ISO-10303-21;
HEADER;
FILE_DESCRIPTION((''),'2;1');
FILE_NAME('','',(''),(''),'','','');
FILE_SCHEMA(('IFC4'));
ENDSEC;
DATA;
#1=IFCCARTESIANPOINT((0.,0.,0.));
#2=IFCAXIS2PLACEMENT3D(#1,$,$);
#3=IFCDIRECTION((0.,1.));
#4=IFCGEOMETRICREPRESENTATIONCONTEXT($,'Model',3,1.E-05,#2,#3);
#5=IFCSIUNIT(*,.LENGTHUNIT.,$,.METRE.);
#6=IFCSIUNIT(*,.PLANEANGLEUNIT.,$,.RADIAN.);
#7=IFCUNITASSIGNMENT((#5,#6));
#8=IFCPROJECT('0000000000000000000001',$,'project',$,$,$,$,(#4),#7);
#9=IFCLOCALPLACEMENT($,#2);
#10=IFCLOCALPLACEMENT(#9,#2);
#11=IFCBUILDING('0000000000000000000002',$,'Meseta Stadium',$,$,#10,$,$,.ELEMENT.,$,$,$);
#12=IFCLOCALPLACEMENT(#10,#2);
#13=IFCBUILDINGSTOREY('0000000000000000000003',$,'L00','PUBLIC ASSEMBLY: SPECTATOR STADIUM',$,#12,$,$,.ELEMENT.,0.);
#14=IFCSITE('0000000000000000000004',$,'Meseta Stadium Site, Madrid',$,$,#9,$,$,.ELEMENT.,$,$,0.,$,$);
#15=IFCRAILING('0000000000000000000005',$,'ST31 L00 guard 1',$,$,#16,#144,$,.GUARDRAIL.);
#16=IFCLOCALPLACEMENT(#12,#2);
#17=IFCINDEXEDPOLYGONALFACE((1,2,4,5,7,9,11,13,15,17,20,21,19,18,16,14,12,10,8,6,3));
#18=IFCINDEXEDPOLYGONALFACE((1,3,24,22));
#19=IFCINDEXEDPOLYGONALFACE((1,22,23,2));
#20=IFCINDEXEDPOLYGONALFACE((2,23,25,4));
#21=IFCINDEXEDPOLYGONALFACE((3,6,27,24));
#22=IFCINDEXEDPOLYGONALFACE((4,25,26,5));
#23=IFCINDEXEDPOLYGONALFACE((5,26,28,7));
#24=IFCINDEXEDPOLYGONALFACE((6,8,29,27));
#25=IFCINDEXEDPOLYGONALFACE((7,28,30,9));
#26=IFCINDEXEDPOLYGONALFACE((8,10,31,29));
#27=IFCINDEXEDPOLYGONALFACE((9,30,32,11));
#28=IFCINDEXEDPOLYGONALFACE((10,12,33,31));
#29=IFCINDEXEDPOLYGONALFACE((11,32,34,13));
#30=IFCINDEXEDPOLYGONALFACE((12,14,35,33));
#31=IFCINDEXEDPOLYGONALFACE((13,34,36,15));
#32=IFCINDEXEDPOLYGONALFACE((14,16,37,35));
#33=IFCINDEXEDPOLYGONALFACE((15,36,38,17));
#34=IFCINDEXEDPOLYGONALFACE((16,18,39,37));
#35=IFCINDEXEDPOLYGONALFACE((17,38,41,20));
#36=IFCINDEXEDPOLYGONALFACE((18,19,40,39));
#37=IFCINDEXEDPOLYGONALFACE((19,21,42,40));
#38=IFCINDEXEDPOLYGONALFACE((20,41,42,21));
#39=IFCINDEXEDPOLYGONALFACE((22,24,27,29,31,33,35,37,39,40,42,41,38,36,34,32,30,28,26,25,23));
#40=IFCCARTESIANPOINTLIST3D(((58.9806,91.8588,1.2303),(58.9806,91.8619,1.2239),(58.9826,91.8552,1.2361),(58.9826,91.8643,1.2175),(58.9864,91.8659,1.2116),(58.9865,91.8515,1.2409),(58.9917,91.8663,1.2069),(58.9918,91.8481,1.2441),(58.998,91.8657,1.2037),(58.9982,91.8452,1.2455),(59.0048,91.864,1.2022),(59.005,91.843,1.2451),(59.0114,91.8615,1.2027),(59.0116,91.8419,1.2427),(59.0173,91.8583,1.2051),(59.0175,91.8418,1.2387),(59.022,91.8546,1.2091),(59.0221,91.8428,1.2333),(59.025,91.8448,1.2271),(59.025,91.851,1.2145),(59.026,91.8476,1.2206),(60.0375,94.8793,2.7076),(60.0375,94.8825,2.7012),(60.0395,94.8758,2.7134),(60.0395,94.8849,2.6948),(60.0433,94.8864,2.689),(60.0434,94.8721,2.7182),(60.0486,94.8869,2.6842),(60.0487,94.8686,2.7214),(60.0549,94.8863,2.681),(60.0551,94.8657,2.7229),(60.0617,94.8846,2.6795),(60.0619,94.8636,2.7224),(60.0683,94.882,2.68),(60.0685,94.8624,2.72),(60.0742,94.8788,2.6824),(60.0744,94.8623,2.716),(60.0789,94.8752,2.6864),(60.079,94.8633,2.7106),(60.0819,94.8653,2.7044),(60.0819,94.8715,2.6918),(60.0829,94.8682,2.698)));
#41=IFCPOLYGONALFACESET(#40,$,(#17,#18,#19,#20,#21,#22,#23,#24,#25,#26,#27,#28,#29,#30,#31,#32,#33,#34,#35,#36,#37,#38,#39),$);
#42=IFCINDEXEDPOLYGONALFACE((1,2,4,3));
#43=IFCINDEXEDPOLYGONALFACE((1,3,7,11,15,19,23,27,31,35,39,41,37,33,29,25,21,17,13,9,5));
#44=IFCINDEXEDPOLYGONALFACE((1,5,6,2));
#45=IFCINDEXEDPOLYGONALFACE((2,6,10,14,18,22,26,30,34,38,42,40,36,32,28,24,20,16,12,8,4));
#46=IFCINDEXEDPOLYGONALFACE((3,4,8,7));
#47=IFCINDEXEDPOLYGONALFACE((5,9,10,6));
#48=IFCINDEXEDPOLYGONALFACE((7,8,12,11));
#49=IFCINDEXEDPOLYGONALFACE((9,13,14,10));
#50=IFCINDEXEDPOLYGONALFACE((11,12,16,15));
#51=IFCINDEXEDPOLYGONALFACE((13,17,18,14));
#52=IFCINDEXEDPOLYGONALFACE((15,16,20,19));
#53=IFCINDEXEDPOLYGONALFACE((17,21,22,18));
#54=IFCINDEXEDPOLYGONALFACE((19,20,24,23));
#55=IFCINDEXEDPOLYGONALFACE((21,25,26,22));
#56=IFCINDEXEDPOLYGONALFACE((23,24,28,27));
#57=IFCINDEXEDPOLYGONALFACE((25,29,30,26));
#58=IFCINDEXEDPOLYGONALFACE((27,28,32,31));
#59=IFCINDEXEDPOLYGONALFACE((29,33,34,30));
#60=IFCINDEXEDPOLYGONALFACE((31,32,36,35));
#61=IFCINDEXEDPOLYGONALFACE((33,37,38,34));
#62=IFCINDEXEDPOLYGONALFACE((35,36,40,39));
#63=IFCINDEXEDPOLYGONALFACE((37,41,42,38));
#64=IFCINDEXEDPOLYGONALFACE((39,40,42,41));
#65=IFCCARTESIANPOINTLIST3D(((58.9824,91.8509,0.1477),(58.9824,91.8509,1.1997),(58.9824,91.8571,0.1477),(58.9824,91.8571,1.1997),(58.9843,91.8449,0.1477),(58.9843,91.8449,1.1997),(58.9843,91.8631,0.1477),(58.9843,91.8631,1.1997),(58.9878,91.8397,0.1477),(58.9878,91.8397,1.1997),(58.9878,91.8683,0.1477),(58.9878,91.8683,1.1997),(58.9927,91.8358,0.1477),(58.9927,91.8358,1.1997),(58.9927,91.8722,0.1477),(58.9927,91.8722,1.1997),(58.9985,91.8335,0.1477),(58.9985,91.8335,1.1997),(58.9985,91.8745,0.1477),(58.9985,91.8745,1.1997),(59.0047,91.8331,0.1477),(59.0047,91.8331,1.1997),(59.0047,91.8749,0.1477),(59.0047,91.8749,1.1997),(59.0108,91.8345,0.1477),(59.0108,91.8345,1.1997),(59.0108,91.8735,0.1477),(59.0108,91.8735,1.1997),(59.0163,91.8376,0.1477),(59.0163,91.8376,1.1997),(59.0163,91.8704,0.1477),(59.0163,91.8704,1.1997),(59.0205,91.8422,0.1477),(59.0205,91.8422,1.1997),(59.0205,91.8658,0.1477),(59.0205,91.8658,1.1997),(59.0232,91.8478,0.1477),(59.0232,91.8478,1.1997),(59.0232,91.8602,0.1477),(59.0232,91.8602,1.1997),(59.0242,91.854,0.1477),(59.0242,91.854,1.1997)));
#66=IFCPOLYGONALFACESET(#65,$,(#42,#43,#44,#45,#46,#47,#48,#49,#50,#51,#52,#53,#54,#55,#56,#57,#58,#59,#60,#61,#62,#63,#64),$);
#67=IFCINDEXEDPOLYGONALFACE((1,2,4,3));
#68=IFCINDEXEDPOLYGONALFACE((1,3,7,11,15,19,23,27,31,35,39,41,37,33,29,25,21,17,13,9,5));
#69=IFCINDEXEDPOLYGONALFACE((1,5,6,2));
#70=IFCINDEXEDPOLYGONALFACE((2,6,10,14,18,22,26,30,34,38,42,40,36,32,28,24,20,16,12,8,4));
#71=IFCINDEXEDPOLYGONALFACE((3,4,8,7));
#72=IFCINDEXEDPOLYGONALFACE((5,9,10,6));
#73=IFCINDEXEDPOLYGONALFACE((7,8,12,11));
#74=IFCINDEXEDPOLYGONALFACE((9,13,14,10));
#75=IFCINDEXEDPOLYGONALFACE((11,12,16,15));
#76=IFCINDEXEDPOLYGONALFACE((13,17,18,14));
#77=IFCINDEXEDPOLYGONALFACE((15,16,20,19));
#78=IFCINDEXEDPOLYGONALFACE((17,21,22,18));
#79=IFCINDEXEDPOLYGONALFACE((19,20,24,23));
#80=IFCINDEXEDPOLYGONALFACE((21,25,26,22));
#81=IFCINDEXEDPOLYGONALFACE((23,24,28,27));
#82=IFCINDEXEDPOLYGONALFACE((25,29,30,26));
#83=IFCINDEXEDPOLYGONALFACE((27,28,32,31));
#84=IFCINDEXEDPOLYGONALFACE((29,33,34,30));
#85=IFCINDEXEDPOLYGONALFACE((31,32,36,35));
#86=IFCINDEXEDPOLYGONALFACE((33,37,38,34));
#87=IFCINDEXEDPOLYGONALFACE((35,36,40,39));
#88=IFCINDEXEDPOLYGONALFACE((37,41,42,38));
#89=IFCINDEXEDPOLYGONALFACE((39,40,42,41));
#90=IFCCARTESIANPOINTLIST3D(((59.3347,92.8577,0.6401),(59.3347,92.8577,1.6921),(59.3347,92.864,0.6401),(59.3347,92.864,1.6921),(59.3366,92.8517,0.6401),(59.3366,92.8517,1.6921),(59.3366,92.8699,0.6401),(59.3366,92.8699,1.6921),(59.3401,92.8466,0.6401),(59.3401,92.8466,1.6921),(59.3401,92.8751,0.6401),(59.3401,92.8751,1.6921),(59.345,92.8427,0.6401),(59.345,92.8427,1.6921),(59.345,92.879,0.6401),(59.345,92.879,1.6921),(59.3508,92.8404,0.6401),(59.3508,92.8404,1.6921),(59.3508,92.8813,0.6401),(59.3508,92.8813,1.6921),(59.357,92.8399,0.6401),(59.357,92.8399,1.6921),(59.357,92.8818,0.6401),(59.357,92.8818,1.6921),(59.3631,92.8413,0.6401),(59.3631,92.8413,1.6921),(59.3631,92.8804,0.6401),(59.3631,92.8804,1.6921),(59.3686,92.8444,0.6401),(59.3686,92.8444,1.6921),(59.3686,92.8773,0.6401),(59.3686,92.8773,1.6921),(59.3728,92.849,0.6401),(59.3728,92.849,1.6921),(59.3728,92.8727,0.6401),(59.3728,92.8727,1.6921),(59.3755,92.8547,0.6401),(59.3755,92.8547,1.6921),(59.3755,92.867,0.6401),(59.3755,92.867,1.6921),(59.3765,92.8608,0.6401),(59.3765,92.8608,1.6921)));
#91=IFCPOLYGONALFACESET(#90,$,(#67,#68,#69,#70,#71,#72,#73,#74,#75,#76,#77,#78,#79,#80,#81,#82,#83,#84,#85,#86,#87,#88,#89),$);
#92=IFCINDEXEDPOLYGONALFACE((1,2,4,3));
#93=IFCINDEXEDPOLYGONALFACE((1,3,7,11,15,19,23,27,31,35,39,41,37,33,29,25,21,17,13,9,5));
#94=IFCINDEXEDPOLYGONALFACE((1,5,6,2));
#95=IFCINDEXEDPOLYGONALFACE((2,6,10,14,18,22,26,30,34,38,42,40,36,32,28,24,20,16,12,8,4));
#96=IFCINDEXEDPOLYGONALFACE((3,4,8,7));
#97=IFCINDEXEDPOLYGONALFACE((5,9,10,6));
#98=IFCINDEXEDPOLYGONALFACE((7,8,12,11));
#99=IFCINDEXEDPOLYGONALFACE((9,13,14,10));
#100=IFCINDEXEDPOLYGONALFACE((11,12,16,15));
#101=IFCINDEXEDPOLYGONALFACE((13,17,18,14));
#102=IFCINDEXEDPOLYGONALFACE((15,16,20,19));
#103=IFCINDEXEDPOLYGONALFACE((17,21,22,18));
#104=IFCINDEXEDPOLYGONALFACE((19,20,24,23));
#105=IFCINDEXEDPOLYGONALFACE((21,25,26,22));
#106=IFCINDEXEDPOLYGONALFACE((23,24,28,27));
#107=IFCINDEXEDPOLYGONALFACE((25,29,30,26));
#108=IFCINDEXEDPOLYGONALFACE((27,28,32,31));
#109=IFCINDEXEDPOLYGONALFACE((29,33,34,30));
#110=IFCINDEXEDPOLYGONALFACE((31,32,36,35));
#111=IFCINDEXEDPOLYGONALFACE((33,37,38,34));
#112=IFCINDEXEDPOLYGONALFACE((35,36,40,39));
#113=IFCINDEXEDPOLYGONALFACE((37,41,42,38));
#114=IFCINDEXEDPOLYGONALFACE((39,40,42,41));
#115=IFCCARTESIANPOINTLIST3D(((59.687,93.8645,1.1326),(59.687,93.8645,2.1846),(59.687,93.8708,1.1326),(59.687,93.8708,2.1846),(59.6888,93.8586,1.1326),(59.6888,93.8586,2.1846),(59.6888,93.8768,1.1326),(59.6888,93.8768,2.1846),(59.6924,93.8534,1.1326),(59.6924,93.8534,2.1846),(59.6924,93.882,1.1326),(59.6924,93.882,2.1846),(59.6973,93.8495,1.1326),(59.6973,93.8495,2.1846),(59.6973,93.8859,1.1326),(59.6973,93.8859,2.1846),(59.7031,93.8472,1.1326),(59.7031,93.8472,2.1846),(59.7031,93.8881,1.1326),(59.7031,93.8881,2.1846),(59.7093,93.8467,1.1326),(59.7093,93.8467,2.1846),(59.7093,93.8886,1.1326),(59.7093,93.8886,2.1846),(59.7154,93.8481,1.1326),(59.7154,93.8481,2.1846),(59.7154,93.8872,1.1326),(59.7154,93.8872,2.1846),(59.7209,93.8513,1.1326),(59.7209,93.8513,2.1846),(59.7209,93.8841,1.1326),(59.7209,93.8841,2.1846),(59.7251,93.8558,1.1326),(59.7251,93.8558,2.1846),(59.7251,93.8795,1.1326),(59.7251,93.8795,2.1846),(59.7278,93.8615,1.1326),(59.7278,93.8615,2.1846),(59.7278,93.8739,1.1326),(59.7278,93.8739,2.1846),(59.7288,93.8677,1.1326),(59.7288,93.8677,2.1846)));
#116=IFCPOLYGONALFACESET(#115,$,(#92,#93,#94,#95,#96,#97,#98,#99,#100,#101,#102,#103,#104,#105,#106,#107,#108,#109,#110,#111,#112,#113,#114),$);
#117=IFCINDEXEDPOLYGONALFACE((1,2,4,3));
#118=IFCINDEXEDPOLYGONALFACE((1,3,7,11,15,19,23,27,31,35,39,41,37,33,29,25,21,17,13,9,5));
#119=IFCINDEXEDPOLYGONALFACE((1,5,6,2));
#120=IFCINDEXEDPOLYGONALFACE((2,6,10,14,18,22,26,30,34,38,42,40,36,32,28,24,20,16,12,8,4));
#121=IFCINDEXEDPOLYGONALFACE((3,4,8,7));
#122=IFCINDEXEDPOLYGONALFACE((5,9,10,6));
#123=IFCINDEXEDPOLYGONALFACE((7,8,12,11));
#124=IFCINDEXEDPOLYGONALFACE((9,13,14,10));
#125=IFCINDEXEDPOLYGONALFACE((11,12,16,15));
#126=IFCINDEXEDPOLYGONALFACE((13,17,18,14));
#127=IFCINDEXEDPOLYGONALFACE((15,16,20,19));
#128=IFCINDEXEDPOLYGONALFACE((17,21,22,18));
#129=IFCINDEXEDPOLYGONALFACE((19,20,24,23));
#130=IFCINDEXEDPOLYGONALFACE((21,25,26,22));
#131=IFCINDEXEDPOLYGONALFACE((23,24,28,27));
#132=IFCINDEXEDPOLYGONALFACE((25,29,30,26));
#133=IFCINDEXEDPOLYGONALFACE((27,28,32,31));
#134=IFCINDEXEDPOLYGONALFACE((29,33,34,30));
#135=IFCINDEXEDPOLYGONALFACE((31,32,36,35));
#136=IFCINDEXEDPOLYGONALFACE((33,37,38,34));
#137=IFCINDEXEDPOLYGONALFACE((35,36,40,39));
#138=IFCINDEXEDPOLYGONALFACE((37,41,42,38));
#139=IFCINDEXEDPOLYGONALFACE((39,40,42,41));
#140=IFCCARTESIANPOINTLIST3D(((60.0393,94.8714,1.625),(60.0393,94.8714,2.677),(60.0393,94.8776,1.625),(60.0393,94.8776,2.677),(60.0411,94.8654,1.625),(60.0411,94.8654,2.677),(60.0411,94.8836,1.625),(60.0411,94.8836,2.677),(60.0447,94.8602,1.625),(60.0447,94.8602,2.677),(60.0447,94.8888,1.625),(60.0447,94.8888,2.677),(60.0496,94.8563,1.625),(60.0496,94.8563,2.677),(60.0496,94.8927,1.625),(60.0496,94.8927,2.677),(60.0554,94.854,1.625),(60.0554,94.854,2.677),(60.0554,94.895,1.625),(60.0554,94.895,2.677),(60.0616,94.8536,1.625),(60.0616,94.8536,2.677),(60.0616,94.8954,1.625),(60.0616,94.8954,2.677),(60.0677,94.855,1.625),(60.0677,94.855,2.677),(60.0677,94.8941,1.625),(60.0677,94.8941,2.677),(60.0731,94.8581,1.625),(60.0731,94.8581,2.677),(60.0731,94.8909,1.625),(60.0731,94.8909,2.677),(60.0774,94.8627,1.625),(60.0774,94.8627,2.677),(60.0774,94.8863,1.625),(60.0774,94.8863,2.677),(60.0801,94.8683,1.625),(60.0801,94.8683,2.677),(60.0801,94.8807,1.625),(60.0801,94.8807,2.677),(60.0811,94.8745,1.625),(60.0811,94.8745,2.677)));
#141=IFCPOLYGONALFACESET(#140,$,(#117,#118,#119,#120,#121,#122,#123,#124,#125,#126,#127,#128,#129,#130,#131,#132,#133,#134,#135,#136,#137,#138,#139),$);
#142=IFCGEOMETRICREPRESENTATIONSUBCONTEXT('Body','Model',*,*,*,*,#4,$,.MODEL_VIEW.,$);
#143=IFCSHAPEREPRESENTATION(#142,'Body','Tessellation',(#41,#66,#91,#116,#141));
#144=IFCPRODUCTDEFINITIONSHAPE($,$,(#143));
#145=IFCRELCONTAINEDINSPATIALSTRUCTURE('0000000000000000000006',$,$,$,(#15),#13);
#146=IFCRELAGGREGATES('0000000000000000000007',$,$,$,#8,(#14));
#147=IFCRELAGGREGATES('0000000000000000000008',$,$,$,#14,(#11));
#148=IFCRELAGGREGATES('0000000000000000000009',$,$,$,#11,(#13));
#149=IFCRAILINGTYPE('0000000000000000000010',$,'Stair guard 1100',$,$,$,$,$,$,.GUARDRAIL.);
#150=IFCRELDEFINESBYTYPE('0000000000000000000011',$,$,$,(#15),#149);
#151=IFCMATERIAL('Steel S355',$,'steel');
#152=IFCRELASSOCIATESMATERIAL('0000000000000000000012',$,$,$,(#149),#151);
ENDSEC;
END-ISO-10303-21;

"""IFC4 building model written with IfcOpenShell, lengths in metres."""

from ifc_helpers import new_model, si_unit, direction, frame, origin, origin_2d, place, context, subcontext, project, spatial, circle, extrude, material, type_object, element, save


model = new_model("IFC4")

# Units and contexts
model_context = context("Model", 3, precision=1e-05, world=origin(), true_north=direction((0.0, 1.0)))
body_context = subcontext(model_context, "Body", "Model", "MODEL_VIEW")
ifc_project = project(units=[si_unit("LENGTHUNIT", "METRE"), si_unit("PLANEANGLEUNIT", "RADIAN")], contexts=[model_context])

# Site, building, storey
site_placement = place(None, origin())
site = spatial("IfcSite", under=ifc_project, at=site_placement, Name="Meseta Stadium Site, Madrid", CompositionType="ELEMENT", RefElevation=0.0)
building_placement = place(site_placement, origin())
building = spatial("IfcBuilding", under=site, at=building_placement, Name="Meseta Stadium", CompositionType="ELEMENT")
storey_placement = place(building_placement, origin())
storey = spatial("IfcBuildingStorey", under=building, at=storey_placement, Name="L00", Description="PUBLIC ASSEMBLY: SPECTATOR STADIUM", CompositionType="ELEMENT", Elevation=0.0)

# Railing
ifc_material_1 = material(Name="Steel S355", Category="steel")
railing_type_1 = type_object("IfcRailingType", Name="Stair guard 1100", PredefinedType="GUARDRAIL", material=ifc_material_1)
railing_1_placement = place(storey_placement, frame((59.0032, 91.854, 0.1477)))
element("IfcRailing", 1, at=railing_1_placement, inside=storey, type_object=railing_type_1, Name="ST31 L00 guard 1", PredefinedType="GUARDRAIL", context=body_context, shape_type="SweptSolid", body=[
    extrude(circle(Radius=0.0239, at=origin_2d()), frame((0.0, 0.0, 1.0762), z_axis=(0.299859, 0.856977, 0.419137), x_axis=(-0.943887, 0.330269, 0.0)), (0.0, 0.0, 1.0), 3.5247),
    extrude(circle(Radius=0.021, at=origin_2d()), origin(), (0.0, 0.0, 1.0), 1.052),
    extrude(circle(Radius=0.021, at=origin_2d()), frame((0.3523, 1.0068, 0.4924)), (0.0, 0.0, 1.0), 1.052),
    extrude(circle(Radius=0.021, at=origin_2d()), frame((0.7046, 2.0137, 0.9849)), (0.0, 0.0, 1.0), 1.052),
    extrude(circle(Radius=0.021, at=origin_2d()), frame((1.0569, 3.0205, 1.4773)), (0.0, 0.0, 1.0), 1.052),
])

save(model, "model.ifc")
